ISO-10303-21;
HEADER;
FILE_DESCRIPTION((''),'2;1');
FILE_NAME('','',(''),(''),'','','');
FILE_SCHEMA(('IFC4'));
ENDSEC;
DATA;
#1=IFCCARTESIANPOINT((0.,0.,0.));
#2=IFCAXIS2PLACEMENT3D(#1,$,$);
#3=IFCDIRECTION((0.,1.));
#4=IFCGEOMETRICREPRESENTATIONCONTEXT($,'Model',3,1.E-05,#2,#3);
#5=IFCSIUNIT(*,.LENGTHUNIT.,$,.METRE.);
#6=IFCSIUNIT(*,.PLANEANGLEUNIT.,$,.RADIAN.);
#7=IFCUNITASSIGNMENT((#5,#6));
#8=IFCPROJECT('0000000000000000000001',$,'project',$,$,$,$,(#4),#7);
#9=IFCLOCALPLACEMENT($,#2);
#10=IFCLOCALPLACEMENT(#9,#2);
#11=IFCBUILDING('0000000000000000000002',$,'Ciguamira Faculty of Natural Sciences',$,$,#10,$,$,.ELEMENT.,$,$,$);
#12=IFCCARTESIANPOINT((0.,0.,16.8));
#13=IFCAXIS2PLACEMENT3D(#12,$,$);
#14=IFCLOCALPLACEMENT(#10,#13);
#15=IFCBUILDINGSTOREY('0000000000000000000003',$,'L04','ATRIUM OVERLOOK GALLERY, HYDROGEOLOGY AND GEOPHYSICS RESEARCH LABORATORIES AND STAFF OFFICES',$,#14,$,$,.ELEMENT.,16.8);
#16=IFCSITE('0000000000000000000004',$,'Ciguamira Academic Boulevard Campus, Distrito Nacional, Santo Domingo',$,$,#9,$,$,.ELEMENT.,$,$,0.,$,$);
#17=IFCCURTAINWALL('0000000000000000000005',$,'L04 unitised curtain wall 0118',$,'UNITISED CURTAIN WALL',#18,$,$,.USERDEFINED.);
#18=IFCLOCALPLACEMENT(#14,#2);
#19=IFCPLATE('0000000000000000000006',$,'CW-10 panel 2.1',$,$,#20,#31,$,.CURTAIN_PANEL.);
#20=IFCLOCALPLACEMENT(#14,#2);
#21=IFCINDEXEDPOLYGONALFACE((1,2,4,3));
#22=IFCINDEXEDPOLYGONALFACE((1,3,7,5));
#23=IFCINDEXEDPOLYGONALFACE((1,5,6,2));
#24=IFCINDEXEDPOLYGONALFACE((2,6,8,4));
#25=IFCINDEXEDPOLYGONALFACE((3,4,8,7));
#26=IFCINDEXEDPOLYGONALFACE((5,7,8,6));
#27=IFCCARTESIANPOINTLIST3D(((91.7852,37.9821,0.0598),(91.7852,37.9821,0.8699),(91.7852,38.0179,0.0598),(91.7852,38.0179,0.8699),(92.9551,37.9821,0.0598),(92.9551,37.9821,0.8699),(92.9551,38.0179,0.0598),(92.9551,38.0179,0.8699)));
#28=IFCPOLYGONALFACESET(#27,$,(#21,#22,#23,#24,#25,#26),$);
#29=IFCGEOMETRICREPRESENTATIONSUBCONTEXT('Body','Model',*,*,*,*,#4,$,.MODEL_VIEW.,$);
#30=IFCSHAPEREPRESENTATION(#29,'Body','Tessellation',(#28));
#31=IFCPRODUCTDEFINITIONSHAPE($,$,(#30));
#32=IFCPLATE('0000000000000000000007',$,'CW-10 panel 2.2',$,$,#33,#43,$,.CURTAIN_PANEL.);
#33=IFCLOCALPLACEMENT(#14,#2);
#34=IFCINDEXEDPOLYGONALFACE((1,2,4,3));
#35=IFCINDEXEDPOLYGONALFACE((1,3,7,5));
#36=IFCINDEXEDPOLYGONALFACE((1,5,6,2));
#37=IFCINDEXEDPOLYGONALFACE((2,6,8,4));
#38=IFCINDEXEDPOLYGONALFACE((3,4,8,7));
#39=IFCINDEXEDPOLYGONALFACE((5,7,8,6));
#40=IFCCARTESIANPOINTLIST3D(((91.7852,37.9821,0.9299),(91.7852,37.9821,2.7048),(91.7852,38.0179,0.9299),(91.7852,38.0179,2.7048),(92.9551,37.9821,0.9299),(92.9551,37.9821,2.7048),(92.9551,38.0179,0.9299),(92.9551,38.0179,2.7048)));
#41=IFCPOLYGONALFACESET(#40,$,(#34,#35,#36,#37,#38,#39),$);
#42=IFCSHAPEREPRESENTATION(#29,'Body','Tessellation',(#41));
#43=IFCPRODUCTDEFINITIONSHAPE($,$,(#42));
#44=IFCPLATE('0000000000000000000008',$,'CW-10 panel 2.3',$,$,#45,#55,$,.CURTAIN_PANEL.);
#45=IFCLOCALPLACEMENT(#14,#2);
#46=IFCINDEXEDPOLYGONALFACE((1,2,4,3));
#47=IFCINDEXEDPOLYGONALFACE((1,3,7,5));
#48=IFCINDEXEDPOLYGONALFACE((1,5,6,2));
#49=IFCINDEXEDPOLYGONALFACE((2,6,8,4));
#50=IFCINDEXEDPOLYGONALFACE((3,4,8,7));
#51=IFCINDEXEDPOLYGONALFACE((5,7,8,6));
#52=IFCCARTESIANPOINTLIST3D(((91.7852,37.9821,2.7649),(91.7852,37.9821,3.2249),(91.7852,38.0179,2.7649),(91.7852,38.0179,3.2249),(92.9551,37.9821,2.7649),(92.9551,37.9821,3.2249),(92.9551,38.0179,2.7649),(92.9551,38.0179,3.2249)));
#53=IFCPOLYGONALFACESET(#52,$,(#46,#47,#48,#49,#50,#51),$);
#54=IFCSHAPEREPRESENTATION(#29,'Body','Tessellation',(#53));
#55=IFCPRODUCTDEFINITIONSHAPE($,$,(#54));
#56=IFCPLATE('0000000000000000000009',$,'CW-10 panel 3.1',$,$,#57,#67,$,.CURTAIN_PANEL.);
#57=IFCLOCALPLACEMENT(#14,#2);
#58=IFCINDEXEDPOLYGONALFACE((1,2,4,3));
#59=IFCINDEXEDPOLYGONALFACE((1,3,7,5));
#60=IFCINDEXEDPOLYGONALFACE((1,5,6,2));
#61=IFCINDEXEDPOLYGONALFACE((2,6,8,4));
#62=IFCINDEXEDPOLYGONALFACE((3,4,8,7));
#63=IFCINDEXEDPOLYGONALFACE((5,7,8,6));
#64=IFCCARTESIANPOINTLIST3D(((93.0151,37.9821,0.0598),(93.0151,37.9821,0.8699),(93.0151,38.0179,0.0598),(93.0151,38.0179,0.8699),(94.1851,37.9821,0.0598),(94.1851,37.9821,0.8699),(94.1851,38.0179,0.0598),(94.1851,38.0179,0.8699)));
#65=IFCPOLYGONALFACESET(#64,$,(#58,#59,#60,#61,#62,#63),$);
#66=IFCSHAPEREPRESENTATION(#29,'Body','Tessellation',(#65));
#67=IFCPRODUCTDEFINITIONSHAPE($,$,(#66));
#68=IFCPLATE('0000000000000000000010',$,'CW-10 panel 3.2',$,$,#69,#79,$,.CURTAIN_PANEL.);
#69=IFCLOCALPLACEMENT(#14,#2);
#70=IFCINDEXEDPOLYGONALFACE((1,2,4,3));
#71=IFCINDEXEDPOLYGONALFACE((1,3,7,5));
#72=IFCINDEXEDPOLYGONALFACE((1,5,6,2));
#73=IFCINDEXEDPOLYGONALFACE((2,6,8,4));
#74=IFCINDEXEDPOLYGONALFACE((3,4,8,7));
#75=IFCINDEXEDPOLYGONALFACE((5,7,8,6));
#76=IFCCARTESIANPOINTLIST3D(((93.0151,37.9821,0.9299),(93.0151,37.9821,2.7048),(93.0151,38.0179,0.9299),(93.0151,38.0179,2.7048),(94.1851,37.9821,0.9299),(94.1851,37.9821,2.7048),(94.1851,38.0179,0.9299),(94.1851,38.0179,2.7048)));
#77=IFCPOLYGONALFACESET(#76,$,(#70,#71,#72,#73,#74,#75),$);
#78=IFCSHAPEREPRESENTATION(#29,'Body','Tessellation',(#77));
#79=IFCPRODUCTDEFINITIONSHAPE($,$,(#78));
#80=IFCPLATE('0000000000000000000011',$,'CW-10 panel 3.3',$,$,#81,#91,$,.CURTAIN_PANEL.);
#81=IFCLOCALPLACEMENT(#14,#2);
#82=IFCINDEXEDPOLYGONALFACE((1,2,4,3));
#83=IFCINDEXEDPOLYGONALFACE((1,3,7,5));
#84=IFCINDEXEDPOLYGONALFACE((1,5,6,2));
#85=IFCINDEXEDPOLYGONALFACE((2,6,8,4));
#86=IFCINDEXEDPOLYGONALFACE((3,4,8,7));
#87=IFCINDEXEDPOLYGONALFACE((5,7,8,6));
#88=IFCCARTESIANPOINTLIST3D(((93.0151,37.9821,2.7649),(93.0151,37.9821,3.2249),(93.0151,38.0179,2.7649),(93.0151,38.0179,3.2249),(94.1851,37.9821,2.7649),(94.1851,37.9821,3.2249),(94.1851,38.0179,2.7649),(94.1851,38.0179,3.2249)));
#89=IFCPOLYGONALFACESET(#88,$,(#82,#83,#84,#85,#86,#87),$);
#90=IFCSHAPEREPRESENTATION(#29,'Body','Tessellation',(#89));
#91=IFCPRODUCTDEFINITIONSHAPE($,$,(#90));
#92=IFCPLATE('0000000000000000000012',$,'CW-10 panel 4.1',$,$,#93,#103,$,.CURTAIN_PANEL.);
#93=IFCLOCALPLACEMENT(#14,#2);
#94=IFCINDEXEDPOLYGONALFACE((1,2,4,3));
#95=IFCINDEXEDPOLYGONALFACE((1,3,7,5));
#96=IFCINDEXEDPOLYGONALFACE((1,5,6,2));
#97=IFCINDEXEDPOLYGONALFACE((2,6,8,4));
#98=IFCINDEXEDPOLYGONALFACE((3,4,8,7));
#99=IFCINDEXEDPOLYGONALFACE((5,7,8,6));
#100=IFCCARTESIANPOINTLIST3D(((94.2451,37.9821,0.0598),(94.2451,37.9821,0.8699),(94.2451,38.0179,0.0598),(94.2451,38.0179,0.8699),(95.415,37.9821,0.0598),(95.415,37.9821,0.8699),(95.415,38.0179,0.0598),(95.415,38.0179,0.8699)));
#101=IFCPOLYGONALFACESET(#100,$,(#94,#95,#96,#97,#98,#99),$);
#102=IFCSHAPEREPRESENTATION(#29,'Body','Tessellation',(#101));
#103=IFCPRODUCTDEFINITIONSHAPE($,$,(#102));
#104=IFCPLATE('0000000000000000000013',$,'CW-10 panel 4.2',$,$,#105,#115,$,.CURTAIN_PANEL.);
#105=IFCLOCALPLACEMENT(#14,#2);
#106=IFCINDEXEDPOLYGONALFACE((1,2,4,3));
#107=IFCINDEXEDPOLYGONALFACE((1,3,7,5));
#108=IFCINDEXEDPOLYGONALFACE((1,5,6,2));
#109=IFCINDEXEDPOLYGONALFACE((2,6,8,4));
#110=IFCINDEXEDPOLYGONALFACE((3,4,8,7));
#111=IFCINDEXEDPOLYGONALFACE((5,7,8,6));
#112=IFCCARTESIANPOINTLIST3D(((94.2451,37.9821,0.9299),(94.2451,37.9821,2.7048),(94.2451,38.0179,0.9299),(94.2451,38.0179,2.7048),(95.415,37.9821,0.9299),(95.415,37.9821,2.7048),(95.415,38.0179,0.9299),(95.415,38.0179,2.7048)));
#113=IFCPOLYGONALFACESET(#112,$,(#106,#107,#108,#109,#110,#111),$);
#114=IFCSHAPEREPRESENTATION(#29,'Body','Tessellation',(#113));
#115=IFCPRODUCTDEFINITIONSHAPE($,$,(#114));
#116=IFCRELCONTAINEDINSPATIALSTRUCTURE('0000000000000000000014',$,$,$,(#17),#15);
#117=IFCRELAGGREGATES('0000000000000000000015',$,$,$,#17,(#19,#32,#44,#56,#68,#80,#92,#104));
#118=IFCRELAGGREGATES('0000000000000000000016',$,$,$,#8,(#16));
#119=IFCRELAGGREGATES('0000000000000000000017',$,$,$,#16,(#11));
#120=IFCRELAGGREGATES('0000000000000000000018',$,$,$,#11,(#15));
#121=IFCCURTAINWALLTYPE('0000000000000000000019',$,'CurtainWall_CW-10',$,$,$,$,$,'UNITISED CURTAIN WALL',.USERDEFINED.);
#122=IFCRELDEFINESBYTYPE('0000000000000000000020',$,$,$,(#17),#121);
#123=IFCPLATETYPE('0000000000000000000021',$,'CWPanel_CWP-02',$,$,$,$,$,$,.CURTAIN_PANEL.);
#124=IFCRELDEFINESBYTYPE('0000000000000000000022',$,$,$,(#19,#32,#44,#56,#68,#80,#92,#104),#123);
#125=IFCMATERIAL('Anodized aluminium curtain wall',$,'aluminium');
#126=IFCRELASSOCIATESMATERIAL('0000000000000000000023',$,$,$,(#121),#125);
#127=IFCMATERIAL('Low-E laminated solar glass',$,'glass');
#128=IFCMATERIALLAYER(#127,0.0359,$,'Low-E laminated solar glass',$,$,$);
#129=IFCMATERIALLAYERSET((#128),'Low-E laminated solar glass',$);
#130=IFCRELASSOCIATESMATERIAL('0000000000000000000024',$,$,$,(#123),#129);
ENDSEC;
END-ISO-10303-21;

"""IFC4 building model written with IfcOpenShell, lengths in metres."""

from ifc_helpers import new_model, si_unit, direction, frame, origin, origin_2d, place, context, subcontext, project, spatial, rectangle, extrude, material, layer, layer_set, type_object, element, aggregate, save


model = new_model("IFC4")

# Units and contexts
model_context = context("Model", 3, precision=1e-05, world=origin(), true_north=direction((0.0, 1.0)))
body_context = subcontext(model_context, "Body", "Model", "MODEL_VIEW")
ifc_project = project(units=[si_unit("LENGTHUNIT", "METRE"), si_unit("PLANEANGLEUNIT", "RADIAN")], contexts=[model_context])

# Site, building, storey
site_placement = place(None, origin())
site = spatial("IfcSite", under=ifc_project, at=site_placement, Name="Ciguamira Academic Boulevard Campus, Distrito Nacional, Santo Domingo", CompositionType="ELEMENT", RefElevation=0.0)
building_placement = place(site_placement, origin())
building = spatial("IfcBuilding", under=site, at=building_placement, Name="Ciguamira Faculty of Natural Sciences", CompositionType="ELEMENT")
storey_placement = place(building_placement, frame((0.0, 0.0, 16.8)))
storey = spatial("IfcBuildingStorey", under=building, at=storey_placement, Name="L04", Description="ATRIUM OVERLOOK GALLERY, HYDROGEOLOGY AND GEOPHYSICS RESEARCH LABORATORIES AND STAFF OFFICES", CompositionType="ELEMENT", Elevation=16.8)

# Curtain wall, plates
ifc_material_1 = material(Name="Anodized aluminium curtain wall", Category="aluminium")
curtain_wall_type = type_object("IfcCurtainWallType", Name="CurtainWall_CW-10", ElementType="UNITISED CURTAIN WALL", PredefinedType="USERDEFINED", material=ifc_material_1)
curtain_wall_placement = place(storey_placement, origin())
curtain_wall = element("IfcCurtainWall", 1, at=curtain_wall_placement, inside=storey, type_object=curtain_wall_type, Name="L04 unitised curtain wall 0118", ObjectType="UNITISED CURTAIN WALL", PredefinedType="USERDEFINED")
ifc_material_2 = material(Name="Low-E laminated solar glass", Category="glass")
ifc_layer = layer(ifc_material_2, 0.0359, Name="Low-E laminated solar glass")
ifc_layer_set = layer_set([ifc_layer], Name="Low-E laminated solar glass")
plate_type = type_object("IfcPlateType", Name="CWPanel_CWP-02", PredefinedType="CURTAIN_PANEL", material=ifc_layer_set)
plate_1_placement = place(storey_placement, frame((92.3701, 38.0, 0.0598), z_axis=(0.0, 0.0, 1.0), x_axis=(1.0, 0.0, 0.0)))
plate_1 = element("IfcPlate", 2, at=plate_1_placement, type_object=plate_type, Name="CW-10 panel 2.1", PredefinedType="CURTAIN_PANEL", context=body_context, shape_type="SweptSolid", body=[
    extrude(rectangle(XDim=1.1699, YDim=0.0359, at=origin_2d()), origin(), (0.0, 0.0, 1.0), 0.8101),
])
plate_2_placement = place(storey_placement, frame((92.3701, 38.0, 0.9299), z_axis=(0.0, 0.0, 1.0), x_axis=(1.0, 0.0, 0.0)))
plate_2 = element("IfcPlate", 3, at=plate_2_placement, type_object=plate_type, Name="CW-10 panel 2.2", PredefinedType="CURTAIN_PANEL", context=body_context, shape_type="SweptSolid", body=[
    extrude(rectangle(XDim=1.1699, YDim=0.0359, at=origin_2d()), origin(), (0.0, 0.0, 1.0), 1.7749),
])
plate_3_placement = place(storey_placement, frame((92.3701, 38.0, 2.7649), z_axis=(0.0, 0.0, 1.0), x_axis=(1.0, 0.0, 0.0)))
plate_3 = element("IfcPlate", 4, at=plate_3_placement, type_object=plate_type, Name="CW-10 panel 2.3", PredefinedType="CURTAIN_PANEL", context=body_context, shape_type="SweptSolid", body=[
    extrude(rectangle(XDim=1.1699, YDim=0.0359, at=origin_2d()), origin(), (0.0, 0.0, 1.0), 0.46),
])
plate_4_placement = place(storey_placement, frame((93.6001, 38.0, 0.0598), z_axis=(0.0, 0.0, 1.0), x_axis=(1.0, 0.0, 0.0)))
plate_4 = element("IfcPlate", 5, at=plate_4_placement, type_object=plate_type, Name="CW-10 panel 3.1", PredefinedType="CURTAIN_PANEL", context=body_context, shape_type="SweptSolid", body=[
    extrude(rectangle(XDim=1.1699, YDim=0.0359, at=origin_2d()), origin(), (0.0, 0.0, 1.0), 0.8101),
])
plate_5_placement = place(storey_placement, frame((93.6001, 38.0, 0.9299), z_axis=(0.0, 0.0, 1.0), x_axis=(1.0, 0.0, 0.0)))
plate_5 = element("IfcPlate", 6, at=plate_5_placement, type_object=plate_type, Name="CW-10 panel 3.2", PredefinedType="CURTAIN_PANEL", context=body_context, shape_type="SweptSolid", body=[
    extrude(rectangle(XDim=1.1699, YDim=0.0359, at=origin_2d()), origin(), (0.0, 0.0, 1.0), 1.7749),
])
plate_6_placement = place(storey_placement, frame((93.6001, 38.0, 2.7649), z_axis=(0.0, 0.0, 1.0), x_axis=(1.0, 0.0, 0.0)))
plate_6 = element("IfcPlate", 7, at=plate_6_placement, type_object=plate_type, Name="CW-10 panel 3.3", PredefinedType="CURTAIN_PANEL", context=body_context, shape_type="SweptSolid", body=[
    extrude(rectangle(XDim=1.1699, YDim=0.0359, at=origin_2d()), origin(), (0.0, 0.0, 1.0), 0.46),
])
plate_7_placement = place(storey_placement, frame((94.8301, 38.0, 0.0598), z_axis=(0.0, 0.0, 1.0), x_axis=(1.0, 0.0, 0.0)))
plate_7 = element("IfcPlate", 8, at=plate_7_placement, type_object=plate_type, Name="CW-10 panel 4.1", PredefinedType="CURTAIN_PANEL", context=body_context, shape_type="SweptSolid", body=[
    extrude(rectangle(XDim=1.1699, YDim=0.0359, at=origin_2d()), origin(), (0.0, 0.0, 1.0), 0.8101),
])
plate_8_placement = place(storey_placement, frame((94.8301, 38.0, 0.9299), z_axis=(0.0, 0.0, 1.0), x_axis=(1.0, 0.0, 0.0)))
plate_8 = element("IfcPlate", 9, at=plate_8_placement, type_object=plate_type, Name="CW-10 panel 4.2", PredefinedType="CURTAIN_PANEL", context=body_context, shape_type="SweptSolid", body=[
    extrude(rectangle(XDim=1.1699, YDim=0.0359, at=origin_2d()), origin(), (0.0, 0.0, 1.0), 1.7749),
])
aggregate(curtain_wall, [plate_1, plate_2, plate_3, plate_4, plate_5, plate_6, plate_7, plate_8])

save(model, "model.ifc")
